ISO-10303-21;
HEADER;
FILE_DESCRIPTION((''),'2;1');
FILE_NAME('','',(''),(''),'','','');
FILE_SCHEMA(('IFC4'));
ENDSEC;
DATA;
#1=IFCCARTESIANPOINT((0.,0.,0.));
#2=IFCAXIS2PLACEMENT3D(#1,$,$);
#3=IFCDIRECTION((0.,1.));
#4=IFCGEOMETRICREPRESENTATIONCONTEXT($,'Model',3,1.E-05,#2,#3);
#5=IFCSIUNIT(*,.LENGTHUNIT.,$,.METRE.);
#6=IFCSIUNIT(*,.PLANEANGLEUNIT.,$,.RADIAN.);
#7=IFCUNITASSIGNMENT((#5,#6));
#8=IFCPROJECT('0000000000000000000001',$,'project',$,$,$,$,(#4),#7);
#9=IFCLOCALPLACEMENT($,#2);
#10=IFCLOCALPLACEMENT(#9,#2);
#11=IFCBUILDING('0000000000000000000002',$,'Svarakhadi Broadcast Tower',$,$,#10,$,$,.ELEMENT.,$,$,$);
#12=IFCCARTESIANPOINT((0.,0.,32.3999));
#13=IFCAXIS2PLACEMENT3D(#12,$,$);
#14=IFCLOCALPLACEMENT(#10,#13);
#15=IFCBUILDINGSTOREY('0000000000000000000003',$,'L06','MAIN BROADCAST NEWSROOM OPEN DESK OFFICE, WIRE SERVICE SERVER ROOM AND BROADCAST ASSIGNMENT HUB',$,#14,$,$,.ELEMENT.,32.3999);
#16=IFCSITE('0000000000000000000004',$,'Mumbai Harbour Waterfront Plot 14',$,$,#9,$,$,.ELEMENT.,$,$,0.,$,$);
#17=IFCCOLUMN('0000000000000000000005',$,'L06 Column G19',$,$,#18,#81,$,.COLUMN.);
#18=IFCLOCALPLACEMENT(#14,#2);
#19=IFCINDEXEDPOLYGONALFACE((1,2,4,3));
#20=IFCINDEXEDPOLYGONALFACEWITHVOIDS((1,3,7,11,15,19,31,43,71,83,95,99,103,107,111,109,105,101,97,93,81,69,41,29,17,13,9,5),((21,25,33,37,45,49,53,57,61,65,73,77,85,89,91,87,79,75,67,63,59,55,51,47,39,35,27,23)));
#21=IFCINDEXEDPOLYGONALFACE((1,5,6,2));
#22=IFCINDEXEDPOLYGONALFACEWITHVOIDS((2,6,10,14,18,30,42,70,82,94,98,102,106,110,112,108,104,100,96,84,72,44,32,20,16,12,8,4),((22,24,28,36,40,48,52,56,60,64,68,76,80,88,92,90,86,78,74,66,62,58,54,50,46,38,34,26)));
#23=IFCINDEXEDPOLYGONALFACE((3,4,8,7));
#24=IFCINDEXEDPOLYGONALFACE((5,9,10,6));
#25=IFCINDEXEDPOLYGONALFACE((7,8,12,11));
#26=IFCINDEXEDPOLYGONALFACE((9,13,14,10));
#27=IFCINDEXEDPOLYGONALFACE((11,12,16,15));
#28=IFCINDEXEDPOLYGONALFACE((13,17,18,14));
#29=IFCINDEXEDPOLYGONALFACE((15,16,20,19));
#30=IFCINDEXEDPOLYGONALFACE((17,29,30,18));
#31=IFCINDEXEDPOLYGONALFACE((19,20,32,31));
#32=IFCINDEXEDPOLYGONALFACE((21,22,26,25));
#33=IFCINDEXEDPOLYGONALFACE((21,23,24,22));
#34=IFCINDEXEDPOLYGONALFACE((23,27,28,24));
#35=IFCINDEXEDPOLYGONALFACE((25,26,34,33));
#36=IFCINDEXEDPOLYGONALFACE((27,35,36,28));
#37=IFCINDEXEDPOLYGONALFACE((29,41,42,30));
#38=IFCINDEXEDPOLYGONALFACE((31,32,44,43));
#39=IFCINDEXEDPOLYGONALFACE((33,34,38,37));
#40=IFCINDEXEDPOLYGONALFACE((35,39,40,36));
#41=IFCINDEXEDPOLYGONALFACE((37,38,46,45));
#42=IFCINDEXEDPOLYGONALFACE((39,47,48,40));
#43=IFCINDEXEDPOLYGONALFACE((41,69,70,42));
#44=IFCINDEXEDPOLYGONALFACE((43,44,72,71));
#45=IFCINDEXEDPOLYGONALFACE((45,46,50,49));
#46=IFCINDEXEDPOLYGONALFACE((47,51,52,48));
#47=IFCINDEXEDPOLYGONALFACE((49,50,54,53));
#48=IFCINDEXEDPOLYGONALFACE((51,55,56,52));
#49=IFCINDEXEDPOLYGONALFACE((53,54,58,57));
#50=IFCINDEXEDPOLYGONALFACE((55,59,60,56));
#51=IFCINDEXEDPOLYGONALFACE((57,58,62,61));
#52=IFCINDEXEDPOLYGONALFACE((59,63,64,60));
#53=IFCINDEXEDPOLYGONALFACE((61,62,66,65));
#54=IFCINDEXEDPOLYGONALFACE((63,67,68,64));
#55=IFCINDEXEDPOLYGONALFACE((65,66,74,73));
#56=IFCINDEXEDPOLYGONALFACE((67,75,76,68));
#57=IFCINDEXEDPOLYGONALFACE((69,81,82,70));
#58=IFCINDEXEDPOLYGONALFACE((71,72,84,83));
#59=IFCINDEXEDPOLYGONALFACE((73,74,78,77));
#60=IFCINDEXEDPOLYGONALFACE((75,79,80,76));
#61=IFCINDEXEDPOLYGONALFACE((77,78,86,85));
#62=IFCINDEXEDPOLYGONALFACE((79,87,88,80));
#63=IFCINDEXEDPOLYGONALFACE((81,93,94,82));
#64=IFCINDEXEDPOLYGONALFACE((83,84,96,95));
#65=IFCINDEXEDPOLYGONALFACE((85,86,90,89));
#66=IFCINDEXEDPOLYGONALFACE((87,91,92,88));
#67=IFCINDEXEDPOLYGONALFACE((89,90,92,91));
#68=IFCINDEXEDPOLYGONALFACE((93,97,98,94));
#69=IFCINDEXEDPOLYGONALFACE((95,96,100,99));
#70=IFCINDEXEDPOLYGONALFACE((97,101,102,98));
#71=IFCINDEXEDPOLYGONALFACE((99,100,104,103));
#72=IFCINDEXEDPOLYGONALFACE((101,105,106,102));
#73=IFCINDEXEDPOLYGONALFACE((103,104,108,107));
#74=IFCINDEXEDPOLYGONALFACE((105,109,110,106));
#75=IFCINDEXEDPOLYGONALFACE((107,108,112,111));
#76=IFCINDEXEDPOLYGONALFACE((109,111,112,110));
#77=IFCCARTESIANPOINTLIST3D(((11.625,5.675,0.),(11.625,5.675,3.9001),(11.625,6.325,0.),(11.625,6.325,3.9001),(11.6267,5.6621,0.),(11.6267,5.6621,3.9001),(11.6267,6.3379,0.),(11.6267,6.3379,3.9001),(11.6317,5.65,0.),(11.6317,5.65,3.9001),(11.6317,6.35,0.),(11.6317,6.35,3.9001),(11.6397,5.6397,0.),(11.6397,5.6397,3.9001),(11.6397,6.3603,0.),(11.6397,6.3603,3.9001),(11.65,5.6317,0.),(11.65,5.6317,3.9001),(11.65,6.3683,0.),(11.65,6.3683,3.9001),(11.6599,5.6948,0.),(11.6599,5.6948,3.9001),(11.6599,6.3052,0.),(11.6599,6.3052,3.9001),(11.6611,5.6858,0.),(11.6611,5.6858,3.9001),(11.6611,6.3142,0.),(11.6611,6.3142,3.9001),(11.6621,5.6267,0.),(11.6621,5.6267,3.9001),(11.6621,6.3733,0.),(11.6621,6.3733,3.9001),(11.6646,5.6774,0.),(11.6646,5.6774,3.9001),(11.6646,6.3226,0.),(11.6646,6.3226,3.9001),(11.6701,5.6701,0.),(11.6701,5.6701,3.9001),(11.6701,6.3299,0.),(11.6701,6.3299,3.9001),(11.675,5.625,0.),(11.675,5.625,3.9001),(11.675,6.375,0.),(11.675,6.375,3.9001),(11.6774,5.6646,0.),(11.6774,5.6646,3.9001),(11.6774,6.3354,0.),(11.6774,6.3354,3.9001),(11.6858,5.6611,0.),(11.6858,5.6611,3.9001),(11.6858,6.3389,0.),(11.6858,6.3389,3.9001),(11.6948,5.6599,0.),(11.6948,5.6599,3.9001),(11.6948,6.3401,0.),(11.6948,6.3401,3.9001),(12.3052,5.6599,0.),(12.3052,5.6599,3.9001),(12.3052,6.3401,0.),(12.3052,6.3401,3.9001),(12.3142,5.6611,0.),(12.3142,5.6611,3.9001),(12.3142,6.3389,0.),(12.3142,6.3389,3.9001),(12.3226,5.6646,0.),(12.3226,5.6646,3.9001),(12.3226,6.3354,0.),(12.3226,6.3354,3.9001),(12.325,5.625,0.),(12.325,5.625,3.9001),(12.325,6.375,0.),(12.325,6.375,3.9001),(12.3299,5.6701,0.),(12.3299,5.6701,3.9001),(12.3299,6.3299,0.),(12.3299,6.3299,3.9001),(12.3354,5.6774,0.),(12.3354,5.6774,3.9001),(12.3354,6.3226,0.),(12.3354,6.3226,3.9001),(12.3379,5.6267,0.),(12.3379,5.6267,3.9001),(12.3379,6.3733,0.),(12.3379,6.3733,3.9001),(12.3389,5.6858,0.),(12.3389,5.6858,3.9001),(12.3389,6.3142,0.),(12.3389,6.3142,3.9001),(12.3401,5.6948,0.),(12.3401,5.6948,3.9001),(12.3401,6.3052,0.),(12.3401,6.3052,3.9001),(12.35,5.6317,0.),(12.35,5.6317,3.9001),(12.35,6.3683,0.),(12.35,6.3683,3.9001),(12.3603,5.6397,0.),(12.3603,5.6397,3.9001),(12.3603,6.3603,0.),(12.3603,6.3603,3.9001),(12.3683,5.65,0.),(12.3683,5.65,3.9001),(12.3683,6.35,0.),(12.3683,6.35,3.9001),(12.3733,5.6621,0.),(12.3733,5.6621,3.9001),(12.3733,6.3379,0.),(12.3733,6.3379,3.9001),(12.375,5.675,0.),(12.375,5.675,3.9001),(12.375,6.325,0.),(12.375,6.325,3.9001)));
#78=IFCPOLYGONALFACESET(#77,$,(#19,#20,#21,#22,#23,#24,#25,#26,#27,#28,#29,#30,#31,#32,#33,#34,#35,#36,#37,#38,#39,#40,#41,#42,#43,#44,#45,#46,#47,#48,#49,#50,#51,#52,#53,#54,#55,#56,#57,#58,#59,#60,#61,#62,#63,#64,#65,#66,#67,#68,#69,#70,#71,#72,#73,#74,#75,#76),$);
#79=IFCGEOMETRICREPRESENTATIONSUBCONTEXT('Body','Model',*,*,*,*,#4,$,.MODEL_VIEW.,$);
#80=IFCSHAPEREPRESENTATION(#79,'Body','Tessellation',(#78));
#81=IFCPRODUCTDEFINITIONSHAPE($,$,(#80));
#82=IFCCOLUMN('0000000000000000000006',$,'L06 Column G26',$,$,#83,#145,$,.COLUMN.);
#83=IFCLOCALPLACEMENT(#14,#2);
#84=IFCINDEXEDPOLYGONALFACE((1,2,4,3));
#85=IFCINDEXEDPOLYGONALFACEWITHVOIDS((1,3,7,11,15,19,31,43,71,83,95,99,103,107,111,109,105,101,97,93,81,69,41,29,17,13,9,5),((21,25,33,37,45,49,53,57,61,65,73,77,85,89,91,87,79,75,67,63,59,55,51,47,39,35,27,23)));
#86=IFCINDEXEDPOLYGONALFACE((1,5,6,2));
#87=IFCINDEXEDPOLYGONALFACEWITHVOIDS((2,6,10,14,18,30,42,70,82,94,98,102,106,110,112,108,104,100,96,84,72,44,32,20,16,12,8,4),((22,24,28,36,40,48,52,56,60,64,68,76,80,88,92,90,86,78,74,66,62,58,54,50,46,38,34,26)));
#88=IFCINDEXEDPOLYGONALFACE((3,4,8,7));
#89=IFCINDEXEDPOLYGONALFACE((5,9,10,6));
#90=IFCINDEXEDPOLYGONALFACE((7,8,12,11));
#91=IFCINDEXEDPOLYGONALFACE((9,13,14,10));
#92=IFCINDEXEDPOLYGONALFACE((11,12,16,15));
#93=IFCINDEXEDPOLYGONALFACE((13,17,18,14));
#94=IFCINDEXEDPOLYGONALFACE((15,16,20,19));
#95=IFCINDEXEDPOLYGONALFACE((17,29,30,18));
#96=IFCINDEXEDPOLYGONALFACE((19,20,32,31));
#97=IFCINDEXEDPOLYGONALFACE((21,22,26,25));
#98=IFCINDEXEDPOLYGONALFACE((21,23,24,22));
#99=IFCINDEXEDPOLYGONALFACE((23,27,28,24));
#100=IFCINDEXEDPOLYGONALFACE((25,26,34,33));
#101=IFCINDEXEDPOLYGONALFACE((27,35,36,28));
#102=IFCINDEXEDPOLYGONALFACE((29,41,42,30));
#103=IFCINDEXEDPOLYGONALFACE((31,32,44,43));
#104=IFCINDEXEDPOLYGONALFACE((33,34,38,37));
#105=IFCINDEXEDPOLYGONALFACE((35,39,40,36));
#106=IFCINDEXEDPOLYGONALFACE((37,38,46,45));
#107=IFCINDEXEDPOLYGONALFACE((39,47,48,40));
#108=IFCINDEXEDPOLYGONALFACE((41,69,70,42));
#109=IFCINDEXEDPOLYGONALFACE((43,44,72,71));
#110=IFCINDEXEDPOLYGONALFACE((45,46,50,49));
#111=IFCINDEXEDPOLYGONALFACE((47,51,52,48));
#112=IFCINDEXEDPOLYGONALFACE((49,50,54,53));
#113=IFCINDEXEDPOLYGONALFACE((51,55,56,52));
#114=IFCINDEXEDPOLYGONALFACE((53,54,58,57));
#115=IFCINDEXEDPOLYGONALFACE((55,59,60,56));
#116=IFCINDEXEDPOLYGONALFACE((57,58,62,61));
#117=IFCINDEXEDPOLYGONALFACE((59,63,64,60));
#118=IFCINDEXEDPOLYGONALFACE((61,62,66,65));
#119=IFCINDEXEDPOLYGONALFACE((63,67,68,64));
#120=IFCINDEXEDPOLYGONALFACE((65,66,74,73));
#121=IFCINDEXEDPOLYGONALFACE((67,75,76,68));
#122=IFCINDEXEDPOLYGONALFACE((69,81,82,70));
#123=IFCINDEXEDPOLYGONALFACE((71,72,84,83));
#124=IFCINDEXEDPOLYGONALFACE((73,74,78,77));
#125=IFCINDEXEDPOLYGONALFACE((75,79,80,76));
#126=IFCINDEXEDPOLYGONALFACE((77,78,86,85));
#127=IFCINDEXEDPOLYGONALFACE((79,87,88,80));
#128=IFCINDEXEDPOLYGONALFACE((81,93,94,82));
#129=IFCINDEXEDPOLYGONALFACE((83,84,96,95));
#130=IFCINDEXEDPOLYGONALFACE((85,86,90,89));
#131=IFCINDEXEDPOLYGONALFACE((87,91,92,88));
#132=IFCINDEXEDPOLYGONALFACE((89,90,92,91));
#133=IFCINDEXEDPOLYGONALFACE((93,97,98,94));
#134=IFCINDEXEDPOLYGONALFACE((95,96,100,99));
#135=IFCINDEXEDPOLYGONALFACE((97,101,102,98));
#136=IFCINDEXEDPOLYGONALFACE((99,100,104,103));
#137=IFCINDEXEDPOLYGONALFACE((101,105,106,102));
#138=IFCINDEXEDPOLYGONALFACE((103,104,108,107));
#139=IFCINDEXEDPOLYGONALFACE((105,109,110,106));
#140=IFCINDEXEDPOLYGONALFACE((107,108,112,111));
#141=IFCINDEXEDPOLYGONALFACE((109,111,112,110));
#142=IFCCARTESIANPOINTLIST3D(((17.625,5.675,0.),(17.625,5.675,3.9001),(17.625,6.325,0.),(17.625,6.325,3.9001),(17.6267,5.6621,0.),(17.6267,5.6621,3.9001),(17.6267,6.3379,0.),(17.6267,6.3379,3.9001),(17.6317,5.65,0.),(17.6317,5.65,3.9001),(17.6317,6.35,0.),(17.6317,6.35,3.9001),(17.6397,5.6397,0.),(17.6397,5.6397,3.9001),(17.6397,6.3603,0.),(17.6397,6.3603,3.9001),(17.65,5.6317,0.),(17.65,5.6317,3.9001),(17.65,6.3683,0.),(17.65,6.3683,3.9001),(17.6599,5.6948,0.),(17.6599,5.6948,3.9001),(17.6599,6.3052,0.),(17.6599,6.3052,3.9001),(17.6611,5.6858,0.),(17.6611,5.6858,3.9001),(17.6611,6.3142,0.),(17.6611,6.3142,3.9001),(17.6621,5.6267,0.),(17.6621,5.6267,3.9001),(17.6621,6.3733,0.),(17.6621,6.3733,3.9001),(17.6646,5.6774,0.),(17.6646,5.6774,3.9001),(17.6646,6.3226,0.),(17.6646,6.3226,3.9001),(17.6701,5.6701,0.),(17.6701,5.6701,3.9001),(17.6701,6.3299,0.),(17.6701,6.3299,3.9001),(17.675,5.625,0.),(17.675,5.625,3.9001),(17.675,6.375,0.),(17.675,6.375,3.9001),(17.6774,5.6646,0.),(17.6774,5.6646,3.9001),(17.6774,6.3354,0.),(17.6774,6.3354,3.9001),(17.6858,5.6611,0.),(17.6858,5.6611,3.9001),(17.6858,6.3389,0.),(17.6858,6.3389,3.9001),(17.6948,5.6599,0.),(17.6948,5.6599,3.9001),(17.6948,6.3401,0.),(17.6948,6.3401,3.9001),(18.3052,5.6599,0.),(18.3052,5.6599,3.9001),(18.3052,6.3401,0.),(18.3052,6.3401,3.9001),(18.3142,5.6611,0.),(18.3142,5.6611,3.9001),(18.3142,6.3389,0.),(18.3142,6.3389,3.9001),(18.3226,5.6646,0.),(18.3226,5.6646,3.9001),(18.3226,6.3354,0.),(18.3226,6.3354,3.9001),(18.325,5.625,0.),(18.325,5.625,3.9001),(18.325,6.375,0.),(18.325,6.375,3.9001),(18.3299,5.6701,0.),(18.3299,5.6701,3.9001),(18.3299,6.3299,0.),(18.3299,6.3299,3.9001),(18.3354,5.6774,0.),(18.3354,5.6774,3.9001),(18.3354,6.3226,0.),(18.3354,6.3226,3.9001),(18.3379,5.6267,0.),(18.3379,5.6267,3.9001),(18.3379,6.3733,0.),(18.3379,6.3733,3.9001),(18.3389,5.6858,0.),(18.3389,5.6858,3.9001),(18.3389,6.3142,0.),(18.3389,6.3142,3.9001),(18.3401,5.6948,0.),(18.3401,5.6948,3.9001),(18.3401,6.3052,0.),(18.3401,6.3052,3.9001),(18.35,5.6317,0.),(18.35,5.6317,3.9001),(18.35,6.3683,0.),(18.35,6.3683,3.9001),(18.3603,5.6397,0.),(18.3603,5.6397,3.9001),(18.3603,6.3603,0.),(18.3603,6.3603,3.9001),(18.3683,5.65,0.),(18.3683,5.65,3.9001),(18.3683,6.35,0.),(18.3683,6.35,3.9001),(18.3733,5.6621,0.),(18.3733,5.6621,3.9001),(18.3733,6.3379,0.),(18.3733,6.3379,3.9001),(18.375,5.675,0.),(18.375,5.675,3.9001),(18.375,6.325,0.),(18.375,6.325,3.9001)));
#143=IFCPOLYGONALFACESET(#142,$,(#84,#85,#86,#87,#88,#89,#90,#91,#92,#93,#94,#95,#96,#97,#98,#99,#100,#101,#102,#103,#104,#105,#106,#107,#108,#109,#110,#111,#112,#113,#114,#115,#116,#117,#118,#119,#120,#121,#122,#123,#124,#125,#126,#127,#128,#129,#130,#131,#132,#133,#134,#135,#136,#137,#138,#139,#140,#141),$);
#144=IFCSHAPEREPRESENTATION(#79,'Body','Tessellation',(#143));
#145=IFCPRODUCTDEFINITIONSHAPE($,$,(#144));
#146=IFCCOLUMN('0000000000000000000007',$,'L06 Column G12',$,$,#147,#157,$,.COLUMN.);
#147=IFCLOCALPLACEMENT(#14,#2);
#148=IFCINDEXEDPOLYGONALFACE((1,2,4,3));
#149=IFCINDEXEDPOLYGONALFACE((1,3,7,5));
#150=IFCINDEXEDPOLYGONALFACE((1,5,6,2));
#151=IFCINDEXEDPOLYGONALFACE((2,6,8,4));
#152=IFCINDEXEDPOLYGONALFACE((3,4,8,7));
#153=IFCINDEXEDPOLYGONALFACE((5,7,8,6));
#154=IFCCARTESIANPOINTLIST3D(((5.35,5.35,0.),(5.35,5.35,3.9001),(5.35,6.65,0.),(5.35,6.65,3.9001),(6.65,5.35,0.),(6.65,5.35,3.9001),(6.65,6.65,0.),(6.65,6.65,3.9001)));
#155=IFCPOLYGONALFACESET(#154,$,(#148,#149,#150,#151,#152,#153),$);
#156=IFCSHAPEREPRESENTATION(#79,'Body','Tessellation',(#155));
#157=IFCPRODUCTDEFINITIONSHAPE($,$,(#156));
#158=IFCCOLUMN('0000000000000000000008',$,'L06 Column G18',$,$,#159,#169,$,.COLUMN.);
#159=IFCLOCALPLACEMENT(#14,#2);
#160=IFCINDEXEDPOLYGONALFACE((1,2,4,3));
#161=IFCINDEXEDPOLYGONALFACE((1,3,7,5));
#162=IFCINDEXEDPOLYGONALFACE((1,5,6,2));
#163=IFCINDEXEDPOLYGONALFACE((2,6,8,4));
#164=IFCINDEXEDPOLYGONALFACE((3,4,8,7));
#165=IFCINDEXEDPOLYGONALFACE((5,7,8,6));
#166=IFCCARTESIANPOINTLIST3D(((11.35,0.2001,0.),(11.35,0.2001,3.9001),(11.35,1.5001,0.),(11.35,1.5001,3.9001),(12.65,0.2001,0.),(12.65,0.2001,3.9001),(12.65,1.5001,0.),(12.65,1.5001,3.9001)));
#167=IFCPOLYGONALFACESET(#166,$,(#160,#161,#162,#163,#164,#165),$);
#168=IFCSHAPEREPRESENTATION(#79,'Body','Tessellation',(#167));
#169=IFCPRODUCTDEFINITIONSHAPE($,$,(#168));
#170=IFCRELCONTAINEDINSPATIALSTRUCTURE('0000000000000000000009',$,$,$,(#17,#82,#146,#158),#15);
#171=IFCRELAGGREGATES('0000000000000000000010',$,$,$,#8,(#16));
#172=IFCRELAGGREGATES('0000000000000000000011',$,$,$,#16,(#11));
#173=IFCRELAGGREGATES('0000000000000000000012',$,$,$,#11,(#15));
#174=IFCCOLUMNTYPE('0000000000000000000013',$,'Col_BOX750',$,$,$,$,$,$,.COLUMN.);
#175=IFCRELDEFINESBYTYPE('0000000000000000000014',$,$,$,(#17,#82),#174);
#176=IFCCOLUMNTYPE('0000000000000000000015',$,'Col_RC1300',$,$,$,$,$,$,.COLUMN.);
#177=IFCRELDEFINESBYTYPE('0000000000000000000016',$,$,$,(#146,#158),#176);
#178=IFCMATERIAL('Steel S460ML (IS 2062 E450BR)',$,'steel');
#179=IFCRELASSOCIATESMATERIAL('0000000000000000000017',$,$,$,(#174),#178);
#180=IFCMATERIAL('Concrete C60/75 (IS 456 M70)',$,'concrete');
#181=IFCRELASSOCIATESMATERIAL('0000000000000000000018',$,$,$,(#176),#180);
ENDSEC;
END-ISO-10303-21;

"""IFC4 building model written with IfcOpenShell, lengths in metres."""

from ifc_helpers import new_model, si_unit, direction, frame, origin, origin_2d, place, context, subcontext, project, spatial, rectangle, hollow_rectangle, extrude, material, material_profile, profile_set, type_object, element, save


model = new_model("IFC4")

# Units and contexts
model_context = context("Model", 3, precision=1e-05, world=origin(), true_north=direction((0.0, 1.0)))
body_context = subcontext(model_context, "Body", "Model", "MODEL_VIEW")
ifc_project = project(units=[si_unit("LENGTHUNIT", "METRE"), si_unit("PLANEANGLEUNIT", "RADIAN")], contexts=[model_context])

# Site, building, storey
site_placement = place(None, origin())
site = spatial("IfcSite", under=ifc_project, at=site_placement, Name="Mumbai Harbour Waterfront Plot 14", CompositionType="ELEMENT", RefElevation=0.0)
building_placement = place(site_placement, origin())
building = spatial("IfcBuilding", under=site, at=building_placement, Name="Svarakhadi Broadcast Tower", CompositionType="ELEMENT")
storey_placement = place(building_placement, frame((0.0, 0.0, 32.3999)))
storey = spatial("IfcBuildingStorey", under=building, at=storey_placement, Name="L06", Description="MAIN BROADCAST NEWSROOM OPEN DESK OFFICE, WIRE SERVICE SERVER ROOM AND BROADCAST ASSIGNMENT HUB", CompositionType="ELEMENT", Elevation=32.3999)

# Columns
ifc_material_1 = material(Name="Steel S460ML (IS 2062 E450BR)", Category="steel")
ifc_material_profile_1 = material_profile(ifc_material_1, hollow_rectangle(XDim=0.75, YDim=0.75, WallThickness=0.0349, InnerFilletRadius=0.0349, OuterFilletRadius=0.05, at=origin_2d()), Name="BOX 750x750x35")
ifc_profile_set_1 = profile_set([ifc_material_profile_1], Name="Steel S460ML (IS 2062 E450BR)")
column_type_1 = type_object("IfcColumnType", Name="Col_BOX750", PredefinedType="COLUMN", material=ifc_profile_set_1)
for number, where, z_axis, x_axis, name in (
    (1, (12.0, 6.0, 0.0), (0.0, 0.0, 1.0), (1.0, 0.0, 0.0), "L06 Column G19"),
    (2, (18.0, 6.0, 0.0), (0.0, 0.0, 1.0), (1.0, 0.0, 0.0), "L06 Column G26"),
):
    element("IfcColumn", number, at=place(storey_placement, frame(where, z_axis=z_axis, x_axis=x_axis)), inside=storey, type_object=column_type_1, Name=name, PredefinedType="COLUMN", context=body_context, shape_type="SweptSolid", body=[
        extrude(hollow_rectangle(XDim=0.75, YDim=0.75, WallThickness=0.0349, InnerFilletRadius=0.0349, OuterFilletRadius=0.05, at=origin_2d()), origin(), (0.0, 0.0, 1.0), 3.9001),
    ])
ifc_material_2 = material(Name="Concrete C60/75 (IS 456 M70)", Category="concrete")
ifc_material_profile_2 = material_profile(ifc_material_2, rectangle(XDim=1.3, YDim=1.3, at=origin_2d()), Name="RC 1300x1300")
ifc_profile_set_2 = profile_set([ifc_material_profile_2], Name="Concrete C60/75 (IS 456 M70)")
column_type_2 = type_object("IfcColumnType", Name="Col_RC1300", PredefinedType="COLUMN", material=ifc_profile_set_2)
for number, where, z_axis, x_axis, name in (
    (3, (6.0, 6.0, 0.0), (0.0, 0.0, 1.0), (1.0, 0.0, 0.0), "L06 Column G12"),
    (4, (12.0, 0.8501, 0.0), (0.0, 0.0, 1.0), (1.0, 0.0, 0.0), "L06 Column G18"),
):
    element("IfcColumn", number, at=place(storey_placement, frame(where, z_axis=z_axis, x_axis=x_axis)), inside=storey, type_object=column_type_2, Name=name, PredefinedType="COLUMN", context=body_context, shape_type="SweptSolid", body=[
        extrude(rectangle(XDim=1.3, YDim=1.3, at=origin_2d()), origin(), (0.0, 0.0, 1.0), 3.9001),
    ])

save(model, "model.ifc")
